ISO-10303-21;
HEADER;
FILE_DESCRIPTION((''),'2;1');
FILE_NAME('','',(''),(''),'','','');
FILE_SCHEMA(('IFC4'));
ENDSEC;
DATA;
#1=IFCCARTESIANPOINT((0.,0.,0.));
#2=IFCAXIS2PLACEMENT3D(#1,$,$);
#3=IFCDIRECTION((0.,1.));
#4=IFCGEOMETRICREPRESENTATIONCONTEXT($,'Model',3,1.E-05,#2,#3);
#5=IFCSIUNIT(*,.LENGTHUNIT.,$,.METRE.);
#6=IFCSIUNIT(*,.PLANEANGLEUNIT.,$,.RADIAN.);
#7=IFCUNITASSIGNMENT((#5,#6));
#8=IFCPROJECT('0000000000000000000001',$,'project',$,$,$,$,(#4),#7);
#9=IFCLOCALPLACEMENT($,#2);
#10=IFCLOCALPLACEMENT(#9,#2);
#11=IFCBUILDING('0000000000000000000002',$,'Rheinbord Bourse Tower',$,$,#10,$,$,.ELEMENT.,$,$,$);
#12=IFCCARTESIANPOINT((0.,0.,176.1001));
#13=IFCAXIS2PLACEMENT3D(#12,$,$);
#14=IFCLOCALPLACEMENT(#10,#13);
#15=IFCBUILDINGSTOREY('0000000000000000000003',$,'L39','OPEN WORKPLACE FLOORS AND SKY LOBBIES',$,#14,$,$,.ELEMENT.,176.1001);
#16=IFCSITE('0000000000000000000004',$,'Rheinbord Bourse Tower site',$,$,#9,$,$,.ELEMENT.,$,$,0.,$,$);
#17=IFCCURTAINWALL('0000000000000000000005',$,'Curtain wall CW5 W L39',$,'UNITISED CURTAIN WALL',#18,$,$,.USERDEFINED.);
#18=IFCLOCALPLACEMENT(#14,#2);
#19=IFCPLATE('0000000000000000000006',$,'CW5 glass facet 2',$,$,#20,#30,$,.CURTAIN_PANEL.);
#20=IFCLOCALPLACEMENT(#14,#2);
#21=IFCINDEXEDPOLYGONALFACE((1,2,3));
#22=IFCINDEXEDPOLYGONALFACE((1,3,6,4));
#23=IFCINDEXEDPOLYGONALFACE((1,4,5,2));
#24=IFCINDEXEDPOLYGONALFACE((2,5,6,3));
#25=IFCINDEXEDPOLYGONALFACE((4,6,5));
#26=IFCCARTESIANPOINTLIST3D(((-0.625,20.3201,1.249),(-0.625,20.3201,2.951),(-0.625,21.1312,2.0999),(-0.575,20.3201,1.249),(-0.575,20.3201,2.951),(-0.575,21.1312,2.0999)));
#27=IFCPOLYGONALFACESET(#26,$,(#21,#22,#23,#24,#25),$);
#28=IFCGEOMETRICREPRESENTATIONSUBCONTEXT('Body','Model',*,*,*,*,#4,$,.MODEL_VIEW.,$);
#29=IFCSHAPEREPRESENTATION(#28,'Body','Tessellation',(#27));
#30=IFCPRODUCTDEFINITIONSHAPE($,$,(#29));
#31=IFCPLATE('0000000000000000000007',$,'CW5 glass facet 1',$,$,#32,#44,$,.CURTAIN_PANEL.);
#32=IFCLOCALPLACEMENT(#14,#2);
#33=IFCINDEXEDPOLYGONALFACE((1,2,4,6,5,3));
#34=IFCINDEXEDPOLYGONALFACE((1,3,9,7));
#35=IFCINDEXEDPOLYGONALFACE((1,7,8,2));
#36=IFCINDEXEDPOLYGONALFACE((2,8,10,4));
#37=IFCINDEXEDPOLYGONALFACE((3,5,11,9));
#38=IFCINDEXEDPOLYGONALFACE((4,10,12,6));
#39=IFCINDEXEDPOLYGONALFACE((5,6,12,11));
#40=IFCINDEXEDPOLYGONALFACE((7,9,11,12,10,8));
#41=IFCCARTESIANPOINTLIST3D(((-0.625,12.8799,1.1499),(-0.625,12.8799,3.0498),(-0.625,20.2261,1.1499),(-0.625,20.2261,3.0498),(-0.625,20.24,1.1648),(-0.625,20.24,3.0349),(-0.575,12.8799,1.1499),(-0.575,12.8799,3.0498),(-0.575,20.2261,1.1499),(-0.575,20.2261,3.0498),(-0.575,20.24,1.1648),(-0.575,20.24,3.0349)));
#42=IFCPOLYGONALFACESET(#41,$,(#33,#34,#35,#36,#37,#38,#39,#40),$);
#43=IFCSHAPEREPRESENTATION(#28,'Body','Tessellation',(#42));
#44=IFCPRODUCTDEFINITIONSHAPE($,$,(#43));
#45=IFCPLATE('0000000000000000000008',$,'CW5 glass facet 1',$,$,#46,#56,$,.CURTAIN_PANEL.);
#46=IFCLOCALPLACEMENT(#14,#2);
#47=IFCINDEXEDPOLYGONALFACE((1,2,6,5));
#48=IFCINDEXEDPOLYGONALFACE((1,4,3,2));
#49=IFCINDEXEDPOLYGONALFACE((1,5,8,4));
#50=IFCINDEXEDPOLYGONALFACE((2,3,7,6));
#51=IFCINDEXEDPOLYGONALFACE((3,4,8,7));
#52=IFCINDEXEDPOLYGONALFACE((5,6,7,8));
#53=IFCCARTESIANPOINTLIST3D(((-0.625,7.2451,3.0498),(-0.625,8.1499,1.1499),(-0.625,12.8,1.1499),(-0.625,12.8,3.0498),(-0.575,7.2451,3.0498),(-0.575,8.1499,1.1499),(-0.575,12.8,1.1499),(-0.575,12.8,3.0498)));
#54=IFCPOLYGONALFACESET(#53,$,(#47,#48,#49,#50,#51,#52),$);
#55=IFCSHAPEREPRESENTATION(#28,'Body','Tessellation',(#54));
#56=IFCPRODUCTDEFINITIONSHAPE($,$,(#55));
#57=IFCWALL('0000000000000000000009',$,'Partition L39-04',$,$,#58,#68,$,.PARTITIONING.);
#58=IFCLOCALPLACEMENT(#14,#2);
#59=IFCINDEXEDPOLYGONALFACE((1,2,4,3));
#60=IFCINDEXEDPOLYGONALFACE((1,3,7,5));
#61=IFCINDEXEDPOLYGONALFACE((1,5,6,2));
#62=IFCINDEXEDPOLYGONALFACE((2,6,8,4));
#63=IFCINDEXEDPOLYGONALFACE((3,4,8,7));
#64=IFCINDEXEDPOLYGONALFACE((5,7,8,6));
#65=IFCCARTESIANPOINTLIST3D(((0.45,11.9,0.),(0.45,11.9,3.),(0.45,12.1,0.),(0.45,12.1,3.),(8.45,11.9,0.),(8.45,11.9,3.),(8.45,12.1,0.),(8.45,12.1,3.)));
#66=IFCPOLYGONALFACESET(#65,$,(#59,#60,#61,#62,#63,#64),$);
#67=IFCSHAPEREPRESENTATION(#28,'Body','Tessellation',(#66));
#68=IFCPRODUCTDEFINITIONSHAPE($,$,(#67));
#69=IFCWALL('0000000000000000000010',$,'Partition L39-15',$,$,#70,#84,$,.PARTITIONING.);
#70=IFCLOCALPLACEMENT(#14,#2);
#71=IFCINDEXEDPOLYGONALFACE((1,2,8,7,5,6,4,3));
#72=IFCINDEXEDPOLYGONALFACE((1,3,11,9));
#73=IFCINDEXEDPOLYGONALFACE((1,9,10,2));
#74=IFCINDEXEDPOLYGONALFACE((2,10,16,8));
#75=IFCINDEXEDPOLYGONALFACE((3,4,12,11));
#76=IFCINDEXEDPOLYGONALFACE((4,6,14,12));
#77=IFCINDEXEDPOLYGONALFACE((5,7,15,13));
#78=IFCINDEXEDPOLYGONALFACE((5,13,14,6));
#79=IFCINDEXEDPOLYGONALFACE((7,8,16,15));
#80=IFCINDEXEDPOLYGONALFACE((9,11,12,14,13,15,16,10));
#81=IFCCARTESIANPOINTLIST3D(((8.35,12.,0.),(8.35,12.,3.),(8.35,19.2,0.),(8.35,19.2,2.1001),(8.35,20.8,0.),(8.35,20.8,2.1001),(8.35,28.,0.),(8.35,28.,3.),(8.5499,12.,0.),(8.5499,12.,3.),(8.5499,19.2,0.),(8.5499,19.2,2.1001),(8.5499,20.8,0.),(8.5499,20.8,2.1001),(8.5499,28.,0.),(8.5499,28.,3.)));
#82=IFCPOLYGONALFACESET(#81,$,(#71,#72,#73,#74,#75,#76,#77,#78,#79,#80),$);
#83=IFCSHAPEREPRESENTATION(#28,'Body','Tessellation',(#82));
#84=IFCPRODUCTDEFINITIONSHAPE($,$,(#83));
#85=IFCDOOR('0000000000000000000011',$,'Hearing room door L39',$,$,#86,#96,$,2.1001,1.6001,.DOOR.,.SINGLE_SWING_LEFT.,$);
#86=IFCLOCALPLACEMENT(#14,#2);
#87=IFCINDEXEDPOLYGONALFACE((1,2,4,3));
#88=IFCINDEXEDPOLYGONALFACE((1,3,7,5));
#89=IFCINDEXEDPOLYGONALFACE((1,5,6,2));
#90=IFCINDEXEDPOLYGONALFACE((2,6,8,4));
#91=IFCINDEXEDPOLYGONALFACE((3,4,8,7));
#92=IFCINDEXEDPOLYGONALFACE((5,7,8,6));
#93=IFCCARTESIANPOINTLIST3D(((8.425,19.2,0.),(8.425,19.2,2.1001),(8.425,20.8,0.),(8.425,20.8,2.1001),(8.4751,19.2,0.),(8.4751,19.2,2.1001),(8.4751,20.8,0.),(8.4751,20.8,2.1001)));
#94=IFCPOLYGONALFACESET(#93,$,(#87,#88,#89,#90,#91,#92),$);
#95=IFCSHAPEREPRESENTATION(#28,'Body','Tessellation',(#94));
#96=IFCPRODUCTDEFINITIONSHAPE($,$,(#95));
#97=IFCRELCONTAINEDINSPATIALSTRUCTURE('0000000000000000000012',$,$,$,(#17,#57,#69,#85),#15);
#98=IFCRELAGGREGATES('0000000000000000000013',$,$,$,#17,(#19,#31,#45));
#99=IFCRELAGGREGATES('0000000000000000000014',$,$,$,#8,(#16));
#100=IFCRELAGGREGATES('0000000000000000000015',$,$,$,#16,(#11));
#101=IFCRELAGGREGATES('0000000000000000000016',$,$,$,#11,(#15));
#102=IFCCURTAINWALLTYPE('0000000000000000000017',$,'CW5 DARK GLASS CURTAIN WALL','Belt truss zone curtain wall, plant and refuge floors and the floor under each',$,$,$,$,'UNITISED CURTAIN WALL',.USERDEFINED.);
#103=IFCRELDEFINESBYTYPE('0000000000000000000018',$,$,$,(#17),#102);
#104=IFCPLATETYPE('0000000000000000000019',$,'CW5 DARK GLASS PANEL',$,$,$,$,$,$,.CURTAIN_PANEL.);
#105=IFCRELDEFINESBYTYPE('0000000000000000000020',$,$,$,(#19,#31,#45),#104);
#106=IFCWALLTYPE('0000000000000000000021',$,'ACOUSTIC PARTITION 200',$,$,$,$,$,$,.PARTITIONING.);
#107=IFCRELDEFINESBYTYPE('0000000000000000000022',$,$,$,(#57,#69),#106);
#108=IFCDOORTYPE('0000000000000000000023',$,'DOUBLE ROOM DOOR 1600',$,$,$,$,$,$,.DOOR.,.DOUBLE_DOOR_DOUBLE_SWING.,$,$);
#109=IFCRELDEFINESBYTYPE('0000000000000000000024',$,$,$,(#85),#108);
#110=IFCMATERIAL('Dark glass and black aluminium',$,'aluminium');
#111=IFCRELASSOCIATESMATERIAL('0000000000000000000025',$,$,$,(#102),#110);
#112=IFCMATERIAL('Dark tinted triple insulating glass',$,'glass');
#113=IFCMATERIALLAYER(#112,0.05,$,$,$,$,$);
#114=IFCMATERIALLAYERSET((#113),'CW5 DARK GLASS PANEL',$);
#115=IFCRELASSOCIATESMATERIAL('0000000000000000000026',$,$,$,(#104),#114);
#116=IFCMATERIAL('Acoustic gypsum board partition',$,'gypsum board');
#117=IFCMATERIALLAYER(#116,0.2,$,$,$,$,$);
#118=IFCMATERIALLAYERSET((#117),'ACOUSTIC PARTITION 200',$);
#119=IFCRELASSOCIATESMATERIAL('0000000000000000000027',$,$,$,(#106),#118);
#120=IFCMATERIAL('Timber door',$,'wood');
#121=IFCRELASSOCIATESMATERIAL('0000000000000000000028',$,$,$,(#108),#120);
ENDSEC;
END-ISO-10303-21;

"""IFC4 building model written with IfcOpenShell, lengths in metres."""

from ifc_helpers import new_model, si_unit, direction, frame, frame_2d, origin, place, context, subcontext, project, spatial, polyline, rectangle, outline, extrude, material, layer, layer_set, type_object, element, fill, aggregate, save


model = new_model("IFC4")

# Units and contexts
model_context = context("Model", 3, precision=1e-05, world=origin(), true_north=direction((0.0, 1.0)))
body_context = subcontext(model_context, "Body", "Model", "MODEL_VIEW")
ifc_project = project(units=[si_unit("LENGTHUNIT", "METRE"), si_unit("PLANEANGLEUNIT", "RADIAN")], contexts=[model_context])

# Site, building, storey
site_placement = place(None, origin())
site = spatial("IfcSite", under=ifc_project, at=site_placement, Name="Rheinbord Bourse Tower site", CompositionType="ELEMENT", RefElevation=0.0)
building_placement = place(site_placement, origin())
building = spatial("IfcBuilding", under=site, at=building_placement, Name="Rheinbord Bourse Tower", CompositionType="ELEMENT")
storey_placement = place(building_placement, frame((0.0, 0.0, 176.1001)))
storey = spatial("IfcBuildingStorey", under=building, at=storey_placement, Name="L39", Description="OPEN WORKPLACE FLOORS AND SKY LOBBIES", CompositionType="ELEMENT", Elevation=176.1001)

# Curtain wall
ifc_material_1 = material(Name="Dark glass and black aluminium", Category="aluminium")
curtain_wall_type = type_object("IfcCurtainWallType", Name="CW5 DARK GLASS CURTAIN WALL", Description="Belt truss zone curtain wall, plant and refuge floors and the floor under each", ElementType="UNITISED CURTAIN WALL", PredefinedType="USERDEFINED", material=ifc_material_1)
curtain_wall_placement = place(storey_placement, origin())
curtain_wall = element("IfcCurtainWall", 1, at=curtain_wall_placement, inside=storey, type_object=curtain_wall_type, Name="Curtain wall CW5 W L39", ObjectType="UNITISED CURTAIN WALL", PredefinedType="USERDEFINED")

# Plates
ifc_material_2 = material(Name="Dark tinted triple insulating glass", Category="glass")
ifc_layer_1 = layer(ifc_material_2, 0.05)
ifc_layer_set_1 = layer_set([ifc_layer_1], Name="CW5 DARK GLASS PANEL")
plate_type = type_object("IfcPlateType", Name="CW5 DARK GLASS PANEL", PredefinedType="CURTAIN_PANEL", material=ifc_layer_set_1)
plate_1_placement = place(storey_placement, frame((-0.625, 20.3201, 1.249), z_axis=(1.0, 0.0, 0.0), x_axis=(0.0, 0.689977, 0.723832)))
plate_1 = element("IfcPlate", 2, at=plate_1_placement, type_object=plate_type, Name="CW5 glass facet 2", PredefinedType="CURTAIN_PANEL", context=body_context, shape_type="SweptSolid", body=[
    extrude(outline(polyline([(0.0, 0.0), (1.1755, 0.0), (1.2319, 1.1743), (0.0, 0.0)])), origin(), (0.0, 0.0, 1.0), 0.05),
])
plate_2_placement = place(storey_placement, frame((-0.625, 12.8799, 3.0498), z_axis=(1.0, 0.0, 0.0), x_axis=(0.0, 0.0, -1.0)))
plate_2 = element("IfcPlate", 3, at=plate_2_placement, type_object=plate_type, Name="CW5 glass facet 1", PredefinedType="CURTAIN_PANEL", context=body_context, shape_type="SweptSolid", body=[
    extrude(outline(polyline([(0.0, 0.0), (1.8999, 0.0), (1.8999, 7.3462), (1.885, 7.3601), (0.0149, 7.3601), (0.0, 7.3462), (0.0, 0.0)])), origin(), (0.0, 0.0, 1.0), 0.05),
])
plate_3_placement = place(storey_placement, frame((-0.625, 12.8, 1.1499), z_axis=(1.0, 0.0, 0.0), x_axis=(0.0, 0.0, 1.0)))
plate_3 = element("IfcPlate", 4, at=plate_3_placement, type_object=plate_type, Name="CW5 glass facet 1", PredefinedType="CURTAIN_PANEL", context=body_context, shape_type="SweptSolid", body=[
    extrude(outline(polyline([(0.0, 0.0), (1.8999, 0.0), (1.8999, 5.5549), (0.0, 4.6501), (0.0, 0.0)])), origin(), (0.0, 0.0, 1.0), 0.05),
])
aggregate(curtain_wall, [plate_1, plate_2, plate_3])

# Wall
ifc_material_3 = material(Name="Acoustic gypsum board partition", Category="gypsum board")
ifc_layer_2 = layer(ifc_material_3, 0.2)
ifc_layer_set_2 = layer_set([ifc_layer_2], Name="ACOUSTIC PARTITION 200")
wall_type = type_object("IfcWallType", Name="ACOUSTIC PARTITION 200", PredefinedType="PARTITIONING", material=ifc_layer_set_2)
wall_1_placement = place(storey_placement, frame((0.45, 12.0, 0.0), z_axis=(0.0, 0.0, 1.0), x_axis=(1.0, 0.0, 0.0)))
element("IfcWall", 5, at=wall_1_placement, inside=storey, type_object=wall_type, Name="Partition L39-04", PredefinedType="PARTITIONING", context=body_context, shape_type="SweptSolid", body=[
    extrude(rectangle(XDim=8.0, YDim=0.2, at=frame_2d((4.0, 0.0))), origin(), (0.0, 0.0, 1.0), 3.0),
])

# Wall, opening, door
wall_2_placement = place(storey_placement, frame((8.45, 12.0, 0.0), z_axis=(0.0, 0.0, 1.0), x_axis=(0.0, 1.0, 0.0)))
wall_2 = element("IfcWall", 6, at=wall_2_placement, inside=storey, type_object=wall_type, Name="Partition L39-15", PredefinedType="PARTITIONING", context=body_context, shape_type="SweptSolid", body=[
    extrude(rectangle(XDim=16.0, YDim=0.2, at=frame_2d((8.0, 0.0))), origin(), (0.0, 0.0, 1.0), 3.0),
])
opening_placement = place(wall_2_placement, frame((7.2, 0.0, 0.0)))
opening = element("IfcOpeningElement", 7, at=opening_placement, cuts=wall_2, PredefinedType="OPENING", context=body_context, shape_type="SweptSolid", body=[
    extrude(rectangle(XDim=1.6001, YDim=2.1001, at=frame_2d((0.8, 1.05))), frame((0.0, 0.1099, 0.0), z_axis=(0.0, -1.0, 0.0), x_axis=(1.0, 0.0, 0.0)), (0.0, 0.0, 1.0), 0.22),
])
ifc_material_4 = material(Name="Timber door", Category="wood")
door_type = type_object("IfcDoorType", Name="DOUBLE ROOM DOOR 1600", OperationType="DOUBLE_DOOR_DOUBLE_SWING", PredefinedType="DOOR", material=ifc_material_4)
door_placement = place(opening_placement, origin())
door = element("IfcDoor", 8, at=door_placement, inside=storey, type_object=door_type, Name="Hearing room door L39", OperationType="SINGLE_SWING_LEFT", OverallHeight=2.1001, OverallWidth=1.6001, PredefinedType="DOOR", context=body_context, shape_type="SweptSolid", body=[
    extrude(rectangle(XDim=1.6001, YDim=2.1001, at=frame_2d((0.8, 1.05))), frame((0.0, 0.0249, 0.0), z_axis=(0.0, -1.0, 0.0), x_axis=(1.0, 0.0, 0.0)), (0.0, 0.0, 1.0), 0.05),
])
fill(opening, door)

save(model, "model.ifc")
